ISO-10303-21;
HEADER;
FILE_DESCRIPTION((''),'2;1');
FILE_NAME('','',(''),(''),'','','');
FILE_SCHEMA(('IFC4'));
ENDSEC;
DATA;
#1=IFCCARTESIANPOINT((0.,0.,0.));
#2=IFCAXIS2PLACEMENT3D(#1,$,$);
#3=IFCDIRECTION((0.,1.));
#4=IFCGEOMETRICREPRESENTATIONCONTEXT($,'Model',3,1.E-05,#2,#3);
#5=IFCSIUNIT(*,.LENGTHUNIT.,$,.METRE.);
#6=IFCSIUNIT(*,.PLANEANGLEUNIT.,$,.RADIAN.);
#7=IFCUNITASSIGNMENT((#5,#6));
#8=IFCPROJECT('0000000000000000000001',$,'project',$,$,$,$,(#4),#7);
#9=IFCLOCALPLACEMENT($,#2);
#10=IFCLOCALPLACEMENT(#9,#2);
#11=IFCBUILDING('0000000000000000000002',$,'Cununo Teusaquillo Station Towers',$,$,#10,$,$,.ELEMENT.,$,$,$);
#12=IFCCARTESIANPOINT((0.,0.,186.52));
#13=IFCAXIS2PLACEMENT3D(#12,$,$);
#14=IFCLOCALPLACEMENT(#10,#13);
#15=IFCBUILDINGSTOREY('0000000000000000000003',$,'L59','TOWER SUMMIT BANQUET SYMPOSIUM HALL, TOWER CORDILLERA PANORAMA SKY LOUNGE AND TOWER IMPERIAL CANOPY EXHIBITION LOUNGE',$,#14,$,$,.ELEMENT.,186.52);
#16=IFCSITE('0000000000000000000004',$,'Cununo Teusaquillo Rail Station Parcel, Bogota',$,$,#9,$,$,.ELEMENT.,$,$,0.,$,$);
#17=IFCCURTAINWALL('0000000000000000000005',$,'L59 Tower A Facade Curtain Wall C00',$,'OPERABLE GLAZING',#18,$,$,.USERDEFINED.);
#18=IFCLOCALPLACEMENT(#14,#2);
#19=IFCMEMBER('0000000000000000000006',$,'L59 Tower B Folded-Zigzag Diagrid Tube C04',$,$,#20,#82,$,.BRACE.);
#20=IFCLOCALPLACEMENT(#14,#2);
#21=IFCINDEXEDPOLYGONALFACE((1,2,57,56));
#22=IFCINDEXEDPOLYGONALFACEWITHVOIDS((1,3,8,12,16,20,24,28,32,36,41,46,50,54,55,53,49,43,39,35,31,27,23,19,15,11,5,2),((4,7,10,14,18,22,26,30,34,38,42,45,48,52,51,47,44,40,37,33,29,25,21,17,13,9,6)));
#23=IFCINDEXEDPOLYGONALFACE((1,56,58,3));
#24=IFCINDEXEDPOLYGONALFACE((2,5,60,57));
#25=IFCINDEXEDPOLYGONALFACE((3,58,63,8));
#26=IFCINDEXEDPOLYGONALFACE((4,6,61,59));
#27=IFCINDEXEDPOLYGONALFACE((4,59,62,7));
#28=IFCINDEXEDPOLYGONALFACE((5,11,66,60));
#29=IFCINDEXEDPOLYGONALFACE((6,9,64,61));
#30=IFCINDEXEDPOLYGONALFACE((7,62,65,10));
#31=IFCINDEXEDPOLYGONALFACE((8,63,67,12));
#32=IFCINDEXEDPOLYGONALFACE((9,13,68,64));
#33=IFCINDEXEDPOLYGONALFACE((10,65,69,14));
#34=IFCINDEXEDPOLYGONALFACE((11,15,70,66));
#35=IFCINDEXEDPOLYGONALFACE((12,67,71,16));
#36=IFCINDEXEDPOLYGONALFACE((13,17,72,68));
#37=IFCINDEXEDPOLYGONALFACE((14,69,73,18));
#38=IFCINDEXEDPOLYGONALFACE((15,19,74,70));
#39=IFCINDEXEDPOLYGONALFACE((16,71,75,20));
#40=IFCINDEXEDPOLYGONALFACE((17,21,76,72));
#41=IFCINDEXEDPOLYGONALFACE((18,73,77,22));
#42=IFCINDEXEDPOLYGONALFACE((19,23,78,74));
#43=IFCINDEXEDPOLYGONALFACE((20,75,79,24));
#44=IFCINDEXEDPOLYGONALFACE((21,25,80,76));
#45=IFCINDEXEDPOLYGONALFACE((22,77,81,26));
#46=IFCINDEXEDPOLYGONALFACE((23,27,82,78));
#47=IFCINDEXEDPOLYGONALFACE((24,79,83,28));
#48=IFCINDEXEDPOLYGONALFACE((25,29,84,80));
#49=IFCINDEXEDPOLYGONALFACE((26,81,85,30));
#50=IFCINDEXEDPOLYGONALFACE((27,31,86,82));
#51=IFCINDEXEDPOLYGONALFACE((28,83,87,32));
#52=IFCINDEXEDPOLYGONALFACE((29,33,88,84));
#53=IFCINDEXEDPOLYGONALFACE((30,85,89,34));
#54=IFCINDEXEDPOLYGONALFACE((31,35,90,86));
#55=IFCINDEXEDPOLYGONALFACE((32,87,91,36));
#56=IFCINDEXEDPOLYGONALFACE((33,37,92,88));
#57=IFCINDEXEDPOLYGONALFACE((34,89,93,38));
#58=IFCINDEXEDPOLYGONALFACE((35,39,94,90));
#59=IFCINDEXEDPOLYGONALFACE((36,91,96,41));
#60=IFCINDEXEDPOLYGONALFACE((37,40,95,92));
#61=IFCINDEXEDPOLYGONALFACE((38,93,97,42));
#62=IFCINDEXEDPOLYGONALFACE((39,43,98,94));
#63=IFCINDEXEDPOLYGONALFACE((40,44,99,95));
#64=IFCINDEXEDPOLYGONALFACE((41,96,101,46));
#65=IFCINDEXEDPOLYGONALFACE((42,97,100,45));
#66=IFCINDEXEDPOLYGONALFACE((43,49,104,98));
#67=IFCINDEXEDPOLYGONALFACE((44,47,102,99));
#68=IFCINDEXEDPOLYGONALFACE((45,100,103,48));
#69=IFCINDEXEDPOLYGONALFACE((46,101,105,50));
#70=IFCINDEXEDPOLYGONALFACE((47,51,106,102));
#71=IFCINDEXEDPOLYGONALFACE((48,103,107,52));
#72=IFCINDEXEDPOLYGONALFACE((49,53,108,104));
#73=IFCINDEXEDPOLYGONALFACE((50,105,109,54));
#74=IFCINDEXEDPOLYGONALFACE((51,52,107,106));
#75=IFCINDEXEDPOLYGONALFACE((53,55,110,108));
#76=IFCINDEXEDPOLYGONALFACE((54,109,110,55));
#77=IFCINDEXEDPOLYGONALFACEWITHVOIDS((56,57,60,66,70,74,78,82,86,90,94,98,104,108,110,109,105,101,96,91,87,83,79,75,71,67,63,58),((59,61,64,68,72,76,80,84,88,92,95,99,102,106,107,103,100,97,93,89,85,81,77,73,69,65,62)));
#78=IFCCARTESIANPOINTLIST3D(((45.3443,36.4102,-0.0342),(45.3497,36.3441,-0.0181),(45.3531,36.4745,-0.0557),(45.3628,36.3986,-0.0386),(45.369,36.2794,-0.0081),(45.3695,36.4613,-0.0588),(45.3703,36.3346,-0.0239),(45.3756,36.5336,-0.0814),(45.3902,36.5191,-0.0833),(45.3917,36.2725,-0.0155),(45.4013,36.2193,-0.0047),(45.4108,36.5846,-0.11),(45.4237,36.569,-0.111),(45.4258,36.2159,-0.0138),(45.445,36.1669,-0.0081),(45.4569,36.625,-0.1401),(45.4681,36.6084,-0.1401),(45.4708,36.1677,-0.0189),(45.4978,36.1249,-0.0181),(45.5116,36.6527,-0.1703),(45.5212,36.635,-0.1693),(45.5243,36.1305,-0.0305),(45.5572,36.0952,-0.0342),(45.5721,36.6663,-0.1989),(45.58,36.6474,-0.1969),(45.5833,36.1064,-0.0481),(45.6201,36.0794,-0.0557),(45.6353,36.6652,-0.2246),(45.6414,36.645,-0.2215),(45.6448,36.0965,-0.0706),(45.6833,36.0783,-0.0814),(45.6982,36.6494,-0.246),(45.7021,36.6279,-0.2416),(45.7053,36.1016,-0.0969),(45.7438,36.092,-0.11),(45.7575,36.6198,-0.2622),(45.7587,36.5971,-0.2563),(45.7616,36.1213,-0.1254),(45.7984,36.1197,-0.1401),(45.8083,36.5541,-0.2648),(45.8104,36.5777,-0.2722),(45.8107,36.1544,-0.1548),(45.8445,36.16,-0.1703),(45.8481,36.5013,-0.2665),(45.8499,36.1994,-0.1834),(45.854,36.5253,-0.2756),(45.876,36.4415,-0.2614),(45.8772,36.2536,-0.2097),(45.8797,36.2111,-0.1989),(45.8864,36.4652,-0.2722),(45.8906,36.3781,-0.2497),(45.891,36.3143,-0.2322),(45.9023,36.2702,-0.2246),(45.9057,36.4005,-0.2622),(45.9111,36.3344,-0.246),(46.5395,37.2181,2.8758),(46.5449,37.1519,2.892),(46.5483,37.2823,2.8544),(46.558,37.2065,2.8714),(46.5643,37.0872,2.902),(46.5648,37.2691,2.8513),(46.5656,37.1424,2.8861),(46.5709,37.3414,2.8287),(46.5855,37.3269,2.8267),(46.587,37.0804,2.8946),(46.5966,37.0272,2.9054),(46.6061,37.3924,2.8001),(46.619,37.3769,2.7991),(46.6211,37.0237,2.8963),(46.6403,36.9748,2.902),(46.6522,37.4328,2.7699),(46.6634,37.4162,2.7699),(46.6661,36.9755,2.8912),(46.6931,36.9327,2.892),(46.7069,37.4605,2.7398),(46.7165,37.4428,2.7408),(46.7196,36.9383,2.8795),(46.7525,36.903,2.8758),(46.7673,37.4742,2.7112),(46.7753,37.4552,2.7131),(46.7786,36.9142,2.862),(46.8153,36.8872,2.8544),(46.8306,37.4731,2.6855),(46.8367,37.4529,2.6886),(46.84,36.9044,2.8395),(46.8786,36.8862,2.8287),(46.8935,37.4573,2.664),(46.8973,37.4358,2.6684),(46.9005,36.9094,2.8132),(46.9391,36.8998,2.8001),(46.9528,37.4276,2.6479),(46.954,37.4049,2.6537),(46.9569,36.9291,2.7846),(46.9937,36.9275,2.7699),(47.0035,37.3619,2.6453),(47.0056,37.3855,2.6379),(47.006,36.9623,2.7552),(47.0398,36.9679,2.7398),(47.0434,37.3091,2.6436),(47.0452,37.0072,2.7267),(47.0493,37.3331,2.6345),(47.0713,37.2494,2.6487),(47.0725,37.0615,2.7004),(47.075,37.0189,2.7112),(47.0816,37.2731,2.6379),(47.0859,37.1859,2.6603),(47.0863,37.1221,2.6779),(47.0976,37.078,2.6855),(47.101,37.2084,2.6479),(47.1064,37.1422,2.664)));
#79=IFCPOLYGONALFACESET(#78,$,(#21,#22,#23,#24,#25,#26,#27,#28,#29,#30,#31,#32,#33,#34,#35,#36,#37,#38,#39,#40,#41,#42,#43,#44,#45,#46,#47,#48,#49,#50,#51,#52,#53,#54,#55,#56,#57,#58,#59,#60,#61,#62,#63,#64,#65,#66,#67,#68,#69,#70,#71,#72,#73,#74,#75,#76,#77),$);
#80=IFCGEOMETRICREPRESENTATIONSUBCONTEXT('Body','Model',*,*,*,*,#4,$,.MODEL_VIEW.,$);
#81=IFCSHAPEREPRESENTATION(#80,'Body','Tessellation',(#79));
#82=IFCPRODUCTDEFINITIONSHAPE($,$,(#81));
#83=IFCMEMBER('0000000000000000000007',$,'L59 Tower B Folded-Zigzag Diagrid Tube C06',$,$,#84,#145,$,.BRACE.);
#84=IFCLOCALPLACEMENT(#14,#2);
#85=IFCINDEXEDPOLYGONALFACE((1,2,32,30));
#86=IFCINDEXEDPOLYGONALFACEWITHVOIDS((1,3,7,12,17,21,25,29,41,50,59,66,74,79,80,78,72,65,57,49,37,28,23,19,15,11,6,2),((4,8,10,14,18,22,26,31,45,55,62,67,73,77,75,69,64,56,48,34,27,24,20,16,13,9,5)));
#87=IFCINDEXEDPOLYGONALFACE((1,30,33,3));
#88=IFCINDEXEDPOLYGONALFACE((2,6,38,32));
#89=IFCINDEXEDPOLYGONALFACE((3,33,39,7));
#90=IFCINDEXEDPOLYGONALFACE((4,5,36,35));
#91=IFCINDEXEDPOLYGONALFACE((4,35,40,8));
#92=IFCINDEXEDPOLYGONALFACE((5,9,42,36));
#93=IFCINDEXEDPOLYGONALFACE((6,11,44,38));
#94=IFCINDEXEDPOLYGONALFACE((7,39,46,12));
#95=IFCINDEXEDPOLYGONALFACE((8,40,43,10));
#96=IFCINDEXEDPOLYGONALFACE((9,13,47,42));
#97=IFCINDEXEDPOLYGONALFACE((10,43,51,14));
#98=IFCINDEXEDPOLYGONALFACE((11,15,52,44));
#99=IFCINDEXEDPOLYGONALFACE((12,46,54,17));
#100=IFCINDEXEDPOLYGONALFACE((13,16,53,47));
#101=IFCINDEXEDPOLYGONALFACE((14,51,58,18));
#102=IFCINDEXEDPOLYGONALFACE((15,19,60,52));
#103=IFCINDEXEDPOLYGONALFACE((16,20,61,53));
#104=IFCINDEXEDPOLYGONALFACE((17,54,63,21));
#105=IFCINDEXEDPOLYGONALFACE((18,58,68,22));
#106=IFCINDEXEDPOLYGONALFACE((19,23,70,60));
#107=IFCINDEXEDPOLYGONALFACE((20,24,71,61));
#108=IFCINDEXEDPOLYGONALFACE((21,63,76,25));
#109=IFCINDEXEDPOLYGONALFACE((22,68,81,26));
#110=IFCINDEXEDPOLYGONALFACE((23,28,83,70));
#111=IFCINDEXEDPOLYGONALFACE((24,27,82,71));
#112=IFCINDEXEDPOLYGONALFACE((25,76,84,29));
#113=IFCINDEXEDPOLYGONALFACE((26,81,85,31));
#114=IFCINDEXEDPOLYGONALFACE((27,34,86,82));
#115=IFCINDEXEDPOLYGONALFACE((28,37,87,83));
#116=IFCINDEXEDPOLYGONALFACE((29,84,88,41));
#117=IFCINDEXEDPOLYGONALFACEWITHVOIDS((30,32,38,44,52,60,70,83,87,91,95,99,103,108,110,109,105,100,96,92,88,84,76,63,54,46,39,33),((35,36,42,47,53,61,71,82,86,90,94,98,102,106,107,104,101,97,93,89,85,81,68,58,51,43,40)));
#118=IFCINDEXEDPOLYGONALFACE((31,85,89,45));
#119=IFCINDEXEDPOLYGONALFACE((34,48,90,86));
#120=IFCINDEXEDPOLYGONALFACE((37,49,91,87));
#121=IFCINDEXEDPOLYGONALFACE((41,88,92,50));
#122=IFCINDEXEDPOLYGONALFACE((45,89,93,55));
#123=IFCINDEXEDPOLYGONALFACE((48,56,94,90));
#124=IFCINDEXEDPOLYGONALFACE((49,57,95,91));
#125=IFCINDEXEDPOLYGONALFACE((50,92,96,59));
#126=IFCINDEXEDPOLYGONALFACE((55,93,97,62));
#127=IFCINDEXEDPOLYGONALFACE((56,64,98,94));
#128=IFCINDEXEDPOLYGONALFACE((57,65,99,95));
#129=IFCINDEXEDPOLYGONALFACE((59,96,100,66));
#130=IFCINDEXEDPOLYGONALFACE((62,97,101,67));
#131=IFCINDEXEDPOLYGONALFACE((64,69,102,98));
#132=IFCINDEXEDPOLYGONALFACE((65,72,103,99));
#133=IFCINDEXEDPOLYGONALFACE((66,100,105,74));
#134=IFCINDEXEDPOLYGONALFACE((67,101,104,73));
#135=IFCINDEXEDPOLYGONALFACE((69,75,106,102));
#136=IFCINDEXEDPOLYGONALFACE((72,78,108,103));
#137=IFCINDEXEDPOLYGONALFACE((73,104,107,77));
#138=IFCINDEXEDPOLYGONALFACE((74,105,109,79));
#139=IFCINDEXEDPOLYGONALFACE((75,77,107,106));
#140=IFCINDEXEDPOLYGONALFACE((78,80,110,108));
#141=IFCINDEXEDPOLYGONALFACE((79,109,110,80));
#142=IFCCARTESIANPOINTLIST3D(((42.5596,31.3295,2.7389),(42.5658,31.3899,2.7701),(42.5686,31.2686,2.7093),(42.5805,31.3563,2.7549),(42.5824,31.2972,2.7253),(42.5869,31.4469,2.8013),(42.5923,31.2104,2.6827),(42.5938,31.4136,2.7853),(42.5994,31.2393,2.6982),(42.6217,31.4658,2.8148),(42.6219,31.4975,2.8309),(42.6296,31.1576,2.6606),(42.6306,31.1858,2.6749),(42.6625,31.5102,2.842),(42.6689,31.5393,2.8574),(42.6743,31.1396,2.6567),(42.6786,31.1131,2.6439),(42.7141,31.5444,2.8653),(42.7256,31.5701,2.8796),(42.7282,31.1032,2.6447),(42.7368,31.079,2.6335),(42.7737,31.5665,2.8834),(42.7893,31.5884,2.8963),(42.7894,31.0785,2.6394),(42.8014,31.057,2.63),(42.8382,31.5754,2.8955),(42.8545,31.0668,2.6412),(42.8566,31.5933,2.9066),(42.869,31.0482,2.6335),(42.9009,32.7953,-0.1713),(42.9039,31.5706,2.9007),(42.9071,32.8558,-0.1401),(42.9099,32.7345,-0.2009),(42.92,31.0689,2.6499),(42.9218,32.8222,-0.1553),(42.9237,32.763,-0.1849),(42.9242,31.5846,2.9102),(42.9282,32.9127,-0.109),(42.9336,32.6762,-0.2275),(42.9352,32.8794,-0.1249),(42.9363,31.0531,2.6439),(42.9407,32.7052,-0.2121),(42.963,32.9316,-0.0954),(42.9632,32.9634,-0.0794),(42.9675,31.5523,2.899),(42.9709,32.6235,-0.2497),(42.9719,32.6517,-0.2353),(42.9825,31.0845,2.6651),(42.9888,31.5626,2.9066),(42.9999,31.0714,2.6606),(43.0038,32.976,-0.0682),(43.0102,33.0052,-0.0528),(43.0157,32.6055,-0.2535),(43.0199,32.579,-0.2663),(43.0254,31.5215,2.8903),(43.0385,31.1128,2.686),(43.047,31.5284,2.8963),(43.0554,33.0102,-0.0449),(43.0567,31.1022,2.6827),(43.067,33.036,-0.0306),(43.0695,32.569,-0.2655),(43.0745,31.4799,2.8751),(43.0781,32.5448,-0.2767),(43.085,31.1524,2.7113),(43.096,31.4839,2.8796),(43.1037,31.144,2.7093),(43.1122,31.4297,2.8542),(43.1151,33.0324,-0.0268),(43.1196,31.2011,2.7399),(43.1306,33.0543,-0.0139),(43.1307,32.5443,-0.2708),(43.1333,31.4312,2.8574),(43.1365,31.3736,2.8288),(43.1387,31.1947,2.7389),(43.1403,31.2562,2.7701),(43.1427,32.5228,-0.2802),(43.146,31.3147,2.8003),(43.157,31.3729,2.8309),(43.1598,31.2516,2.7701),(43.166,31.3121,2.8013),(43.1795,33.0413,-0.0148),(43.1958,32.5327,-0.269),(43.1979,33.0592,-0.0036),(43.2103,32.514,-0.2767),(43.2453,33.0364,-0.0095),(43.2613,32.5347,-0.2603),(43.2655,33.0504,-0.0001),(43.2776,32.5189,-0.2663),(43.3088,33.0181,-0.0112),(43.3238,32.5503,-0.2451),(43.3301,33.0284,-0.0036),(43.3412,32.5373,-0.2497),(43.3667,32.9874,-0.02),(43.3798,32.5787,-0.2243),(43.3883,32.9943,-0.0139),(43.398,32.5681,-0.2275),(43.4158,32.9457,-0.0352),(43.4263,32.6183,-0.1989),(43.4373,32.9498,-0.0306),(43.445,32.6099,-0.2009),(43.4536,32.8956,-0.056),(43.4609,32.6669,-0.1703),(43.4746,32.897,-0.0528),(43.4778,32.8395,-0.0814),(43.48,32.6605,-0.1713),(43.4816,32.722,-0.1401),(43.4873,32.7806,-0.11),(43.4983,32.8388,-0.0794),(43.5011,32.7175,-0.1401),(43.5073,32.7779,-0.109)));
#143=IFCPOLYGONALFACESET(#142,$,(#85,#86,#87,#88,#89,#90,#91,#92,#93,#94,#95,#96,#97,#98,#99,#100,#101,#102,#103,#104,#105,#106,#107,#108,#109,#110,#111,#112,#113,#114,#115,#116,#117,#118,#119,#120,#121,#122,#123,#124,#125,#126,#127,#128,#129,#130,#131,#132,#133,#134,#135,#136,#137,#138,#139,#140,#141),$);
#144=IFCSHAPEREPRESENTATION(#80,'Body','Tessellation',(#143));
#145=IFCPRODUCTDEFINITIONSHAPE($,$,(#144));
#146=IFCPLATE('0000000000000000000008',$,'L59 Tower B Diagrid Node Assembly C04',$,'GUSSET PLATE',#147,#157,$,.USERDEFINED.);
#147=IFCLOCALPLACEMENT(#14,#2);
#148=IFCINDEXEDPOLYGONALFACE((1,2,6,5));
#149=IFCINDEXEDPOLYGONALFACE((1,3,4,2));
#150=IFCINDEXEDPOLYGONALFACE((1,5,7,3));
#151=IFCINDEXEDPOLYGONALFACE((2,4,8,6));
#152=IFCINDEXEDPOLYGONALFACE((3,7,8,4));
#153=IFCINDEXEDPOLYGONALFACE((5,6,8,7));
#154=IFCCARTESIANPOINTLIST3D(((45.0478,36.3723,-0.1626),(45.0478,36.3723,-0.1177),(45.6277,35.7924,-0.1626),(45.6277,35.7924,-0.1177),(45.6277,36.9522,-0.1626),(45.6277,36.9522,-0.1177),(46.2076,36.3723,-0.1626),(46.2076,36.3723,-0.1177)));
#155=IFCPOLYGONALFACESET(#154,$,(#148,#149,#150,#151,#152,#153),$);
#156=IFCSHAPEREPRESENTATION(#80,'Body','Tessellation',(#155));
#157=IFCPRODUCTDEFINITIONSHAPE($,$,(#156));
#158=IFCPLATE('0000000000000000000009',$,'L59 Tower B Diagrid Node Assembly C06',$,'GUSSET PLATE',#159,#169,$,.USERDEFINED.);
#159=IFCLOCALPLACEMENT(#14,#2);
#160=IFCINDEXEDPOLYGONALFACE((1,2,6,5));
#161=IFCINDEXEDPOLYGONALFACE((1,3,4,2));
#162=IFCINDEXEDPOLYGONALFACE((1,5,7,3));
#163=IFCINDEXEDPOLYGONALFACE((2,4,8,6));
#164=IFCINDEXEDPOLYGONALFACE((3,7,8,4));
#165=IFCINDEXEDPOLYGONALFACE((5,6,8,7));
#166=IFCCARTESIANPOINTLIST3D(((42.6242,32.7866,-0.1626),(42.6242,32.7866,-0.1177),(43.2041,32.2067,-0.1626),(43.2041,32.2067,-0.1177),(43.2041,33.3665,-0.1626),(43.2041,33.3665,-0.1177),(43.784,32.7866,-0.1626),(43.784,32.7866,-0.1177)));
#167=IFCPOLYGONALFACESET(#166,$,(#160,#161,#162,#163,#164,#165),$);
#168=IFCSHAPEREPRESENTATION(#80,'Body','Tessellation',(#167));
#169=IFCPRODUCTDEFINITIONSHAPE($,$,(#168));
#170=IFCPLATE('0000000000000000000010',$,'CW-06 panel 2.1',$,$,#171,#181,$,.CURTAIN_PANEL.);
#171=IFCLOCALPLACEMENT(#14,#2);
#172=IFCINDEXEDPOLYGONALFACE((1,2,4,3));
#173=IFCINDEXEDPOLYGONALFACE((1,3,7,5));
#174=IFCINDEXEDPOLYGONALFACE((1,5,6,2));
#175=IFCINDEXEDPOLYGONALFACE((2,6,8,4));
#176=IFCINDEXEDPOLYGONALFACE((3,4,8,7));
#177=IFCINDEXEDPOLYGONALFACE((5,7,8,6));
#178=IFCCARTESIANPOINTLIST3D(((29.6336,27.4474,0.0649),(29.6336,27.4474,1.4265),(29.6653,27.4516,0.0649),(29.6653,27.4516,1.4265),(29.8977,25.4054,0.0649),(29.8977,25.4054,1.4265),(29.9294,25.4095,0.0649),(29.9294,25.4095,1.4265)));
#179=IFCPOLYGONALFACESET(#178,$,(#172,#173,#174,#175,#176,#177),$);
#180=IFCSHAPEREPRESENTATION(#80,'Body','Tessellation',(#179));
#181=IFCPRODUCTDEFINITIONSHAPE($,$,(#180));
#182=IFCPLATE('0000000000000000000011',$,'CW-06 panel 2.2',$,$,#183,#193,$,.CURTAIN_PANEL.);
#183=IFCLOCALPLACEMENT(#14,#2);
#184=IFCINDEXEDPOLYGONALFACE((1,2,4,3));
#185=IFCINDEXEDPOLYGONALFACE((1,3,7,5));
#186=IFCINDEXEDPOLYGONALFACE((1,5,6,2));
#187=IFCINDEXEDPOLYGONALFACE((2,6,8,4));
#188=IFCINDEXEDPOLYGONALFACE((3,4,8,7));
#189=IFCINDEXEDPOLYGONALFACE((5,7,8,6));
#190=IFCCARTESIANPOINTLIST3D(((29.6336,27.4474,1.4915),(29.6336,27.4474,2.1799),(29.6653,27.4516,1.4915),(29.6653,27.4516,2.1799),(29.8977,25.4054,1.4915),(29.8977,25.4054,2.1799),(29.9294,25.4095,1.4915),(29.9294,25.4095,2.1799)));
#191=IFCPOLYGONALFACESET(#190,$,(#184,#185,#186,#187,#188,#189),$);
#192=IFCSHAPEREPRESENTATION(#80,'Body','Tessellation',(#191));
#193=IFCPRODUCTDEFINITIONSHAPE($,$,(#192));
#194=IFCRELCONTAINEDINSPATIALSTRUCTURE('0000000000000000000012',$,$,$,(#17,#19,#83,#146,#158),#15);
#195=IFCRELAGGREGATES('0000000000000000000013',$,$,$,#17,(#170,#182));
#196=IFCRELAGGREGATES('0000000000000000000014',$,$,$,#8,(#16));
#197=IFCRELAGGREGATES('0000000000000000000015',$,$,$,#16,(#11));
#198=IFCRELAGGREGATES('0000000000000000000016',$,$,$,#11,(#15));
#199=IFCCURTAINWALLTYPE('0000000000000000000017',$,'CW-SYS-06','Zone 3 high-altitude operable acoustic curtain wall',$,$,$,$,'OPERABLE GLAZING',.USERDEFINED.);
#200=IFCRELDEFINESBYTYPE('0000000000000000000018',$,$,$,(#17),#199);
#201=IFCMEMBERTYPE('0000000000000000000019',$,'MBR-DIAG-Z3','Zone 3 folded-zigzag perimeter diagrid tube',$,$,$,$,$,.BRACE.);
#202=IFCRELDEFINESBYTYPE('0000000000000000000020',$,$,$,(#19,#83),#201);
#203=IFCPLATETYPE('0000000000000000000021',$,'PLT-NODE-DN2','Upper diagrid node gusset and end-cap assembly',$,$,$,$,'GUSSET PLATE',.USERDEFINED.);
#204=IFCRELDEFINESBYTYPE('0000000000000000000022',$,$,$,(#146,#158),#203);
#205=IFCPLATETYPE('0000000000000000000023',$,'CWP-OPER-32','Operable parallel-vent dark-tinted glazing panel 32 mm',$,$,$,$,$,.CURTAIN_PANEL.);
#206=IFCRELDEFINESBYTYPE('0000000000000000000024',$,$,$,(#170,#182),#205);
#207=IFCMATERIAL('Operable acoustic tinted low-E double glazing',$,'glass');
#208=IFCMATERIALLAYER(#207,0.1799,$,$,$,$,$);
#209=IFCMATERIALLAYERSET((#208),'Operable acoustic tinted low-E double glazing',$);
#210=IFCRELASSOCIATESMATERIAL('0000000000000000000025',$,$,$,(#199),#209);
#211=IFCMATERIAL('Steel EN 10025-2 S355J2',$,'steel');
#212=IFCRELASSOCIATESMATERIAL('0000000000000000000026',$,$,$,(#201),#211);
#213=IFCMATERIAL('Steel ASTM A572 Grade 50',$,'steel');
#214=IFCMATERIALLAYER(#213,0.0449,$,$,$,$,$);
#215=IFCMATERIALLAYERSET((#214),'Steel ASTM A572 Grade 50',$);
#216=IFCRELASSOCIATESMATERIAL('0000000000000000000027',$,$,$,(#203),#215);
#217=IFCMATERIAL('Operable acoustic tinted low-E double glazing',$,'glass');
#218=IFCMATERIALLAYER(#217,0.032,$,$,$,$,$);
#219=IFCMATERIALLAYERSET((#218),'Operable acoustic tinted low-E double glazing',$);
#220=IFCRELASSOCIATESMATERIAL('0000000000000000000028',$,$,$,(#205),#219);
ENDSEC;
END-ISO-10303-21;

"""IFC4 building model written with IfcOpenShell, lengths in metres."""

from ifc_helpers import new_model, si_unit, direction, frame, origin, origin_2d, place, context, subcontext, project, spatial, rectangle, hollow_circle, extrude, source, transform, mapped, material, layer, layer_set, material_profile, profile_set, type_object, element, aggregate, save


model = new_model("IFC4")

# Units and contexts
model_context = context("Model", 3, precision=1e-05, world=origin(), true_north=direction((0.0, 1.0)))
body_context = subcontext(model_context, "Body", "Model", "MODEL_VIEW")
ifc_project = project(units=[si_unit("LENGTHUNIT", "METRE"), si_unit("PLANEANGLEUNIT", "RADIAN")], contexts=[model_context])

# Site, building, storey
site_placement = place(None, origin())
site = spatial("IfcSite", under=ifc_project, at=site_placement, Name="Cununo Teusaquillo Rail Station Parcel, Bogota", CompositionType="ELEMENT", RefElevation=0.0)
building_placement = place(site_placement, origin())
building = spatial("IfcBuilding", under=site, at=building_placement, Name="Cununo Teusaquillo Station Towers", CompositionType="ELEMENT")
storey_placement = place(building_placement, frame((0.0, 0.0, 186.52)))
storey = spatial("IfcBuildingStorey", under=building, at=storey_placement, Name="L59", Description="TOWER SUMMIT BANQUET SYMPOSIUM HALL, TOWER CORDILLERA PANORAMA SKY LOUNGE AND TOWER IMPERIAL CANOPY EXHIBITION LOUNGE", CompositionType="ELEMENT", Elevation=186.52)

# Curtain wall
ifc_material_1 = material(Name="Operable acoustic tinted low-E double glazing", Category="glass")
ifc_layer_1 = layer(ifc_material_1, 0.1799)
ifc_layer_set_1 = layer_set([ifc_layer_1], Name="Operable acoustic tinted low-E double glazing")
curtain_wall_type = type_object("IfcCurtainWallType", Name="CW-SYS-06", Description="Zone 3 high-altitude operable acoustic curtain wall", ElementType="OPERABLE GLAZING", PredefinedType="USERDEFINED", material=ifc_layer_set_1)
curtain_wall_placement = place(storey_placement, origin())
curtain_wall = element("IfcCurtainWall", 1, at=curtain_wall_placement, inside=storey, type_object=curtain_wall_type, Name="L59 Tower A Facade Curtain Wall C00", ObjectType="OPERABLE GLAZING", PredefinedType="USERDEFINED")

# Members
ifc_material_2 = material(Name="Steel EN 10025-2 S355J2", Category="steel")
ifc_material_profile_1 = material_profile(ifc_material_2, hollow_circle(Radius=0.3049, WallThickness=0.02, at=origin_2d()), Name="CHS 610x20")
ifc_profile_set_1 = profile_set([ifc_material_profile_1], Name="Steel EN 10025-2 S355J2")
member_type_1 = type_object("IfcMemberType", Name="MBR-DIAG-Z3", Description="Zone 3 folded-zigzag perimeter diagrid tube", PredefinedType="BRACE", material=ifc_profile_set_1)
member_1_placement = place(storey_placement, frame((45.6277, 36.3723, -0.1401), z_axis=(0.367999, 0.248715, 0.895945), x_axis=(-0.559961, 0.828519, 0.0)))
element("IfcMember", 2, at=member_1_placement, inside=storey, type_object=member_type_1, Name="L59 Tower B Folded-Zigzag Diagrid Tube C04", PredefinedType="BRACE", context=body_context, shape_type="SweptSolid", body=[
    extrude(hollow_circle(Radius=0.3049, WallThickness=0.02, at=origin_2d()), origin(), (0.0, 0.0, 1.0), 3.248),
])
member_2_placement = place(storey_placement, frame((43.2041, 32.7866, -0.1401), z_axis=(-0.104175, -0.447401, 0.888245), x_axis=(0.973946, -0.226778, 0.0)))
element("IfcMember", 3, at=member_2_placement, inside=storey, type_object=member_type_1, Name="L59 Tower B Folded-Zigzag Diagrid Tube C06", PredefinedType="BRACE", context=body_context, shape_type="SweptSolid", body=[
    extrude(hollow_circle(Radius=0.3049, WallThickness=0.02, at=origin_2d()), origin(), (0.0, 0.0, 1.0), 3.2764),
])

# Plates
ifc_material_3 = material(Name="Steel ASTM A572 Grade 50", Category="steel")
ifc_layer_2 = layer(ifc_material_3, 0.0449)
ifc_layer_set_2 = layer_set([ifc_layer_2], Name="Steel ASTM A572 Grade 50")
plate_type_1 = type_object("IfcPlateType", Name="PLT-NODE-DN2", Description="Upper diagrid node gusset and end-cap assembly", ElementType="GUSSET PLATE", PredefinedType="USERDEFINED", material=ifc_layer_set_2)
shared_shape_1 = source(origin(), body_context, "Body", "SweptSolid", [
    extrude(rectangle(XDim=0.8201, YDim=0.8201, at=origin_2d()), origin(), (0.0, 0.0, 1.0), 0.0449),
])
for number, where, z_axis, x_axis, name in (
    (4, (45.6277, 36.3723, -0.1626), (0.0, 0.0, 1.0), (0.707107, 0.707107, 0.0), "L59 Tower B Diagrid Node Assembly C04"),
    (5, (43.2041, 32.7866, -0.1626), (0.0, 0.0, 1.0), (0.707107, 0.707107, 0.0), "L59 Tower B Diagrid Node Assembly C06"),
):
    element("IfcPlate", number, at=place(storey_placement, frame(where, z_axis=z_axis, x_axis=x_axis)), inside=storey, type_object=plate_type_1, Name=name, ObjectType="GUSSET PLATE", PredefinedType="USERDEFINED", context=body_context, shape_type="MappedRepresentation", body=[
        mapped(shared_shape_1, transform((0.0, 0.0, 0.0), x_axis=(1.0, 0.0, 0.0), y_axis=(0.0, 1.0, 0.0), z_axis=(0.0, 0.0, 1.0), scale=1.0)),
    ])

# Plates
ifc_material_4 = material(Name="Operable acoustic tinted low-E double glazing", Category="glass")
ifc_layer_3 = layer(ifc_material_4, 0.032)
ifc_layer_set_3 = layer_set([ifc_layer_3], Name="Operable acoustic tinted low-E double glazing")
plate_type_2 = type_object("IfcPlateType", Name="CWP-OPER-32", Description="Operable parallel-vent dark-tinted glazing panel 32 mm", PredefinedType="CURTAIN_PANEL", material=ifc_layer_set_3)
shared_shape_2 = source(origin(), body_context, "Body", "SweptSolid", [
    extrude(rectangle(XDim=2.0591, YDim=0.032, at=origin_2d()), origin(), (0.0, 0.0, 1.0), 1.3616),
])
plate_1_placement = place(storey_placement, frame((29.7815, 26.4285, 0.0649), z_axis=(0.0, 0.0, 1.0), x_axis=(0.128285, -0.991737, 0.0)))
plate_1 = element("IfcPlate", 6, at=plate_1_placement, type_object=plate_type_2, Name="CW-06 panel 2.1", PredefinedType="CURTAIN_PANEL", context=body_context, shape_type="MappedRepresentation", body=[
    mapped(shared_shape_2, transform((0.0, 0.0, 0.0), x_axis=(1.0, 0.0, 0.0), y_axis=(0.0, 1.0, 0.0), z_axis=(0.0, 0.0, 1.0), scale=1.0)),
])
shared_shape_3 = source(origin(), body_context, "Body", "SweptSolid", [
    extrude(rectangle(XDim=2.0591, YDim=0.032, at=origin_2d()), origin(), (0.0, 0.0, 1.0), 0.6885),
])
plate_2_placement = place(storey_placement, frame((29.7815, 26.4285, 1.4915), z_axis=(0.0, 0.0, 1.0), x_axis=(0.128285, -0.991737, 0.0)))
plate_2 = element("IfcPlate", 7, at=plate_2_placement, type_object=plate_type_2, Name="CW-06 panel 2.2", PredefinedType="CURTAIN_PANEL", context=body_context, shape_type="MappedRepresentation", body=[
    mapped(shared_shape_3, transform((0.0, 0.0, 0.0), x_axis=(1.0, 0.0, 0.0), y_axis=(0.0, 1.0, 0.0), z_axis=(0.0, 0.0, 1.0), scale=1.0)),
])
aggregate(curtain_wall, [plate_1, plate_2])

save(model, "model.ifc")
